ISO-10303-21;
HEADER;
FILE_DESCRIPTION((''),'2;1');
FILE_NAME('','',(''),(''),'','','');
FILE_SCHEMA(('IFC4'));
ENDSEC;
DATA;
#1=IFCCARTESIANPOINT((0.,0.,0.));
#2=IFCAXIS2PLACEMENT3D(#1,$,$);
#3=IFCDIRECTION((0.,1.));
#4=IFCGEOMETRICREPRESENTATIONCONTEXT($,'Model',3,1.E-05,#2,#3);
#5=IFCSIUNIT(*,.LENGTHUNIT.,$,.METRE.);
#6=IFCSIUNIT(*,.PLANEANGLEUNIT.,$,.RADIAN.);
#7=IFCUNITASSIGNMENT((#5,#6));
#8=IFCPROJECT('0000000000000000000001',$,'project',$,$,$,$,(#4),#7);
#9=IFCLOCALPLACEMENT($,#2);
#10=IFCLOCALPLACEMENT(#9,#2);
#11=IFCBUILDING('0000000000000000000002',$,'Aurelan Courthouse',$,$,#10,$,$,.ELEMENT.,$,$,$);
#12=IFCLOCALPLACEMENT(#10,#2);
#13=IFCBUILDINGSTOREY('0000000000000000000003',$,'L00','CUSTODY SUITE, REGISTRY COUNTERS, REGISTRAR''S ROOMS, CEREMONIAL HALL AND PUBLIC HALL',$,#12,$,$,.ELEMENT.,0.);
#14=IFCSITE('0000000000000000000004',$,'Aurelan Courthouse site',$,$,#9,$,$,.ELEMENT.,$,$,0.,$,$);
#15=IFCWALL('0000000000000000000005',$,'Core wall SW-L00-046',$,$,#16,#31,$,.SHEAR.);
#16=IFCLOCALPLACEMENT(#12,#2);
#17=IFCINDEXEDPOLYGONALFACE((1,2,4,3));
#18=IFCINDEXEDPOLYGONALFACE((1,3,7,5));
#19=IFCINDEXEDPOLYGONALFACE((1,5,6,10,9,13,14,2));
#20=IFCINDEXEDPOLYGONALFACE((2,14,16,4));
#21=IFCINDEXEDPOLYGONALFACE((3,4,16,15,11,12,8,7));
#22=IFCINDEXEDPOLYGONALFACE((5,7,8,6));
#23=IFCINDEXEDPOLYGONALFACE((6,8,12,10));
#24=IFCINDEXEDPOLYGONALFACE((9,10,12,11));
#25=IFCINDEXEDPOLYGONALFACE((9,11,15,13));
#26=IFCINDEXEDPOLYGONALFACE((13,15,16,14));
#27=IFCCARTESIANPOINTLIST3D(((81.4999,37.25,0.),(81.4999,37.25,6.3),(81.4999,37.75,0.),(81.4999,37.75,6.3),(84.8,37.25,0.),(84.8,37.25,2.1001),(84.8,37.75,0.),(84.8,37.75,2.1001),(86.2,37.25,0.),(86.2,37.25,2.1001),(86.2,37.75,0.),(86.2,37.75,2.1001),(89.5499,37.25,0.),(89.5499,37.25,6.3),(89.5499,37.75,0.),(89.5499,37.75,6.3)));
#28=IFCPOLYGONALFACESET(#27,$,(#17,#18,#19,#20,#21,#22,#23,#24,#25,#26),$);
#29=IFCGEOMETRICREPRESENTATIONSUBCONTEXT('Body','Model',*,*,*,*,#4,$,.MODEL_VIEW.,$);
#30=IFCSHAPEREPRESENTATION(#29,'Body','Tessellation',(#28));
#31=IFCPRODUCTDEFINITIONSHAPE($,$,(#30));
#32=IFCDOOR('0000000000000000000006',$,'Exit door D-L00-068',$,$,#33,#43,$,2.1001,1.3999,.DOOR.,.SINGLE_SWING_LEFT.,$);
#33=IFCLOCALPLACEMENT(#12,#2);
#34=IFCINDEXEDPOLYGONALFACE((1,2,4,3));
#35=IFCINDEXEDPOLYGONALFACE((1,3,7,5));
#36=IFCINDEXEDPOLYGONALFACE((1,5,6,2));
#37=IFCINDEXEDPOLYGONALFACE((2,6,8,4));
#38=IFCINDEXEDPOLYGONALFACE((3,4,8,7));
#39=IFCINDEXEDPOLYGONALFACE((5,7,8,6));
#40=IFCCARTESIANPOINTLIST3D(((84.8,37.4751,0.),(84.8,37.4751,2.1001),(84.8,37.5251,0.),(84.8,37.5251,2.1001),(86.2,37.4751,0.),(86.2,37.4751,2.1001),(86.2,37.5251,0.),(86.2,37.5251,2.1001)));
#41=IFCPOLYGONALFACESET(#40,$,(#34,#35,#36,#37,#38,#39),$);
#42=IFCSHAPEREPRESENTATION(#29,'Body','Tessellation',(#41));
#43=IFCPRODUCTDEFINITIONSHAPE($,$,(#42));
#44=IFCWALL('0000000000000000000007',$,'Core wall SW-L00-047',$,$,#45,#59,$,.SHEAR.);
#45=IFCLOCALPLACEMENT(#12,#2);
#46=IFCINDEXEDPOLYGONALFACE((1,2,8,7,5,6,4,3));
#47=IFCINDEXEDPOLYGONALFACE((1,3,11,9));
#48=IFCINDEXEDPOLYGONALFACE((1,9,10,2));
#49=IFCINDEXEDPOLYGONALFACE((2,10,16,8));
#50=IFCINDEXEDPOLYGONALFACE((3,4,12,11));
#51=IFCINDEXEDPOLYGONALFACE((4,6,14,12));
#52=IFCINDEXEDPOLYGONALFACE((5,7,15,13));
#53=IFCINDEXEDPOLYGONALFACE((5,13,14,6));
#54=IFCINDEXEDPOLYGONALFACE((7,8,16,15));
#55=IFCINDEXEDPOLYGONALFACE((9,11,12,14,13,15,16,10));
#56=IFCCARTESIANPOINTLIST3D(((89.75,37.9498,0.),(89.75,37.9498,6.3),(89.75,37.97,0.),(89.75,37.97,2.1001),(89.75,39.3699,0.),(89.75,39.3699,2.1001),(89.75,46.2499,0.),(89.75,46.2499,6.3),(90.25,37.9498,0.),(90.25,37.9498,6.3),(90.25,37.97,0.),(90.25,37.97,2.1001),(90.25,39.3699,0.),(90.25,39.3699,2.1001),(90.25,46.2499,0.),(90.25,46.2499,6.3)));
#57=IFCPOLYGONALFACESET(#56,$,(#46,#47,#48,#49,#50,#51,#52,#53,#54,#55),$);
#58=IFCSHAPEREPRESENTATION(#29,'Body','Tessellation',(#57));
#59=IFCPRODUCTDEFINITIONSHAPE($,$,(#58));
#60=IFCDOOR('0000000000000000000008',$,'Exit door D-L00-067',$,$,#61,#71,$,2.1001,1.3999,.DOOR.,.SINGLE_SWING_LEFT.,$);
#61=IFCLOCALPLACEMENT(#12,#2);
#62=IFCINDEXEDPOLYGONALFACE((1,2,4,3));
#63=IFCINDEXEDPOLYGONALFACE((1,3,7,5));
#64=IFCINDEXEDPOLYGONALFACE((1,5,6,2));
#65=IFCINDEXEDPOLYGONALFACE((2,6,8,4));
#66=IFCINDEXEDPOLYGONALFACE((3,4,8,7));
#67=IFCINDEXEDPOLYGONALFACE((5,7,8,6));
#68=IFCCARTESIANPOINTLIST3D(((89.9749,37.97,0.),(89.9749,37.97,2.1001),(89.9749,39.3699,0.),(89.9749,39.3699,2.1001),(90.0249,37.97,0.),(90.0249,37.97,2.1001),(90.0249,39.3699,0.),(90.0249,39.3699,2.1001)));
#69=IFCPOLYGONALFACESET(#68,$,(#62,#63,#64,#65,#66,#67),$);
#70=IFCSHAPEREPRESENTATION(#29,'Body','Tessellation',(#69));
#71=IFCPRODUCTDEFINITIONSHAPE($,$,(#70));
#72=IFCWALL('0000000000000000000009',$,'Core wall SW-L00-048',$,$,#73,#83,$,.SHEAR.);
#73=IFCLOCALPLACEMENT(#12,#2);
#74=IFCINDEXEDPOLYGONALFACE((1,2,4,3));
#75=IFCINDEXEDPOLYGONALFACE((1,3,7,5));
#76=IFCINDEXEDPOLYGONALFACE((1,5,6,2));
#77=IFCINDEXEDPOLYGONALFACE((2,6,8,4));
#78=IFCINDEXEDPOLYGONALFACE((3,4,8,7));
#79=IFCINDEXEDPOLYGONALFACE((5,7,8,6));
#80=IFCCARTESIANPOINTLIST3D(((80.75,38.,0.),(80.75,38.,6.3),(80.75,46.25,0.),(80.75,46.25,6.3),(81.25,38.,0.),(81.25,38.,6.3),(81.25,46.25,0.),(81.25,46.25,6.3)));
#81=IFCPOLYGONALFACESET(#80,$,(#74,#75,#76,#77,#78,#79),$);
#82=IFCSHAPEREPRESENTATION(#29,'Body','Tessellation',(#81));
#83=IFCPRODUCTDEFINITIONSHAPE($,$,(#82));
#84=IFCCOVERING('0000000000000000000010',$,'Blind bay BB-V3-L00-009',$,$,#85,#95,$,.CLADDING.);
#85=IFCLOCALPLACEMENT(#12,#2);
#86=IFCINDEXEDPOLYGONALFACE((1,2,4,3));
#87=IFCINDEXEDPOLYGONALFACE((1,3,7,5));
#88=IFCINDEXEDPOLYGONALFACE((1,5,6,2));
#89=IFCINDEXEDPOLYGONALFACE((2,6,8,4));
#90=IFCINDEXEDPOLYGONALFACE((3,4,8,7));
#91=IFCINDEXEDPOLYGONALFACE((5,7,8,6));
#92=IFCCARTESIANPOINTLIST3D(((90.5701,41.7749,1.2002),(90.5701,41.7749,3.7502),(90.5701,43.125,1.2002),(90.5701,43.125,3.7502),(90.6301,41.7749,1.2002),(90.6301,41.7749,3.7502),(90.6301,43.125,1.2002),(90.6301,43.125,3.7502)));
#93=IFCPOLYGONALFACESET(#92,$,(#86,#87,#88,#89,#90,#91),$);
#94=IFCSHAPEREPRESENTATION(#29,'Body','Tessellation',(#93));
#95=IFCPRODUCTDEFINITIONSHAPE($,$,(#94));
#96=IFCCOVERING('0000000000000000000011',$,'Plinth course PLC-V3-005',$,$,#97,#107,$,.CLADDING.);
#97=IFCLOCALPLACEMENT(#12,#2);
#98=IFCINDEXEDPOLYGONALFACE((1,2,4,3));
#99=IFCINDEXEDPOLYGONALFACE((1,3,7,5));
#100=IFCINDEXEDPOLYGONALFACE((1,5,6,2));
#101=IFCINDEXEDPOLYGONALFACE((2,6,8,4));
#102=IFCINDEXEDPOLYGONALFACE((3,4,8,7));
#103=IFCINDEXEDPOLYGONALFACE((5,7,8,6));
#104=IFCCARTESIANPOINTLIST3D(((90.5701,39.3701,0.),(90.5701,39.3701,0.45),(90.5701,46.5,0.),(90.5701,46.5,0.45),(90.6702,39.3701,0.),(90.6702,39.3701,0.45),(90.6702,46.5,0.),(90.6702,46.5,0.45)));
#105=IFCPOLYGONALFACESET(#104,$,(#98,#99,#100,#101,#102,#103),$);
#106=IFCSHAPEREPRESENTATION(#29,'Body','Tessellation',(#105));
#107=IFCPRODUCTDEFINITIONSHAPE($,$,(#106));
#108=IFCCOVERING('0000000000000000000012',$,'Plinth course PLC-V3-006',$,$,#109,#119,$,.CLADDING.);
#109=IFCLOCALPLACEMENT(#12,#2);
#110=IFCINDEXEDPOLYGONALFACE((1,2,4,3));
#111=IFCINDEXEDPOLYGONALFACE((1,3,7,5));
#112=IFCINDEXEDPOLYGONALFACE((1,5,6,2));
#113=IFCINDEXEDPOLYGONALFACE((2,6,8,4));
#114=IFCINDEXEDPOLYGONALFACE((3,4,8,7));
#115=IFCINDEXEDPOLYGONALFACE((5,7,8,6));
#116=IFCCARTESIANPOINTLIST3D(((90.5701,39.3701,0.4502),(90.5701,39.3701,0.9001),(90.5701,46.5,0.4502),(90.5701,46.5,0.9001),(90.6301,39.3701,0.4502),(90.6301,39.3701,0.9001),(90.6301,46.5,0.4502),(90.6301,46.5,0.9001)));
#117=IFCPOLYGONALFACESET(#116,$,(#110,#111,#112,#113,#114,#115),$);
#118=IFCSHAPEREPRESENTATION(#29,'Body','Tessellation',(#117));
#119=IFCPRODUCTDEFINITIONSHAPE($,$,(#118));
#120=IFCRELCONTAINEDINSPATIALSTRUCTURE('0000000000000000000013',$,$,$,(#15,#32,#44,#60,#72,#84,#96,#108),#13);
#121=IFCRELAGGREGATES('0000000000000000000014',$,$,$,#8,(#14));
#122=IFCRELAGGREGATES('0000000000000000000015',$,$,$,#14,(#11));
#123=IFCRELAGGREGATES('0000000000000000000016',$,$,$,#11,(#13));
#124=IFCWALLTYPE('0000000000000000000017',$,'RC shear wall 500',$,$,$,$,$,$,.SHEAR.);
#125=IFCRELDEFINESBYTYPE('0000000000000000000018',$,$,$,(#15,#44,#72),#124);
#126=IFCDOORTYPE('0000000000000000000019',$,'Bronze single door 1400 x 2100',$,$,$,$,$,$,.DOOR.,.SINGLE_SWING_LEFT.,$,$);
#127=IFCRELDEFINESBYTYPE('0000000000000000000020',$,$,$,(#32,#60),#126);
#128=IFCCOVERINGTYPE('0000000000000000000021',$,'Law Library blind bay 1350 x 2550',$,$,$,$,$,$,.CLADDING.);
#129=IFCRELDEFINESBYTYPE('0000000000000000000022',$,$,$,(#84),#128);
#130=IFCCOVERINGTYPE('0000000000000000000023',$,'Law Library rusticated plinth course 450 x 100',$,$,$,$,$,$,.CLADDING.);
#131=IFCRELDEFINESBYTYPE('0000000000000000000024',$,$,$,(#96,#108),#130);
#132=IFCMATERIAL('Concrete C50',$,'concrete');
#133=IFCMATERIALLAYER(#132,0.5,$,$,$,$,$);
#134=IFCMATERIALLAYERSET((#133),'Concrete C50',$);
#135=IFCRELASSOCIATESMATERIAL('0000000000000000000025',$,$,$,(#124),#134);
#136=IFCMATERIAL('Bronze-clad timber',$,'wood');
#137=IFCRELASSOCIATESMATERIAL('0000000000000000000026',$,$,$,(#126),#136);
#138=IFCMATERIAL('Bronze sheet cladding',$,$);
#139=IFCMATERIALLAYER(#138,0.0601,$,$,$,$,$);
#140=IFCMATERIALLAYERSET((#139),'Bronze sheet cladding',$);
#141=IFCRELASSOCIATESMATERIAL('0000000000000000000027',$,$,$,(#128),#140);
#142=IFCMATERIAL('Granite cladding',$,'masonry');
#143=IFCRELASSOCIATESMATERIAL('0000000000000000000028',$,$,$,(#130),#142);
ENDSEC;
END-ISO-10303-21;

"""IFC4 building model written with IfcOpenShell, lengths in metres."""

from ifc_helpers import new_model, si_unit, direction, frame, frame_2d, origin, origin_2d, place, context, subcontext, project, spatial, rectangle, extrude, material, layer, layer_set, type_object, element, fill, save


model = new_model("IFC4")

# Units and contexts
model_context = context("Model", 3, precision=1e-05, world=origin(), true_north=direction((0.0, 1.0)))
body_context = subcontext(model_context, "Body", "Model", "MODEL_VIEW")
ifc_project = project(units=[si_unit("LENGTHUNIT", "METRE"), si_unit("PLANEANGLEUNIT", "RADIAN")], contexts=[model_context])

# Site, building, storey
site_placement = place(None, origin())
site = spatial("IfcSite", under=ifc_project, at=site_placement, Name="Aurelan Courthouse site", CompositionType="ELEMENT", RefElevation=0.0)
building_placement = place(site_placement, origin())
building = spatial("IfcBuilding", under=site, at=building_placement, Name="Aurelan Courthouse", CompositionType="ELEMENT")
storey_placement = place(building_placement, origin())
storey = spatial("IfcBuildingStorey", under=building, at=storey_placement, Name="L00", Description="CUSTODY SUITE, REGISTRY COUNTERS, REGISTRAR'S ROOMS, CEREMONIAL HALL AND PUBLIC HALL", CompositionType="ELEMENT", Elevation=0.0)

# Shared definitions
ifc_material_1 = material(Name="Concrete C50", Category="concrete")

# Shared definitions
ifc_material_2 = material(Name="Granite cladding", Category="masonry")

# Walls, openings, doors
ifc_layer_1 = layer(ifc_material_1, 0.5)
ifc_layer_set_1 = layer_set([ifc_layer_1], Name="Concrete C50")
wall_type_1 = type_object("IfcWallType", Name="RC shear wall 500", PredefinedType="SHEAR", material=ifc_layer_set_1)
wall_1_placement = place(storey_placement, frame((81.5, 37.5, 0.0), z_axis=(0.0, 0.0, 1.0), x_axis=(1.0, 0.0, 0.0)))
wall_1 = element("IfcWall", 1, at=wall_1_placement, inside=storey, type_object=wall_type_1, Name="Core wall SW-L00-046", PredefinedType="SHEAR", context=body_context, shape_type="SweptSolid", body=[
    extrude(rectangle(XDim=8.05, YDim=0.5, at=frame_2d((4.0249, 0.0))), origin(), (0.0, 0.0, 1.0), 6.3),
])
opening_1_placement = place(wall_1_placement, frame((4.7, 0.0, 0.0), z_axis=(0.0, 0.0, 1.0), x_axis=(-1.0, 0.0, 0.0)))
opening_1 = element("IfcOpeningElement", 2, at=opening_1_placement, cuts=wall_1, PredefinedType="OPENING", context=body_context, shape_type="SweptSolid", body=[
    extrude(rectangle(XDim=1.3999, YDim=2.1001, at=frame_2d((0.7, 1.05))), frame((0.0, 0.26, 0.0), z_axis=(0.0, -1.0, 0.0), x_axis=(1.0, 0.0, 0.0)), (0.0, 0.0, 1.0), 0.52),
])
ifc_material_3 = material(Name="Bronze-clad timber", Category="wood")
door_type = type_object("IfcDoorType", Name="Bronze single door 1400 x 2100", OperationType="SINGLE_SWING_LEFT", PredefinedType="DOOR", material=ifc_material_3)
door_1_placement = place(opening_1_placement, origin())
door_1 = element("IfcDoor", 3, at=door_1_placement, inside=storey, type_object=door_type, Name="Exit door D-L00-068", OperationType="SINGLE_SWING_LEFT", OverallHeight=2.1001, OverallWidth=1.3999, PredefinedType="DOOR", context=body_context, shape_type="SweptSolid", body=[
    extrude(rectangle(XDim=1.3999, YDim=2.1001, at=frame_2d((0.7, 1.05))), frame((0.0, 0.0249, 0.0), z_axis=(0.0, -1.0, 0.0), x_axis=(1.0, 0.0, 0.0)), (0.0, 0.0, 1.0), 0.05),
])
fill(opening_1, door_1)
wall_2_placement = place(storey_placement, frame((90.0, 37.95, 0.0), z_axis=(0.0, 0.0, 1.0), x_axis=(0.0, 1.0, 0.0)))
wall_2 = element("IfcWall", 4, at=wall_2_placement, inside=storey, type_object=wall_type_1, Name="Core wall SW-L00-047", PredefinedType="SHEAR", context=body_context, shape_type="SweptSolid", body=[
    extrude(rectangle(XDim=8.3, YDim=0.5, at=frame_2d((4.1499, 0.0))), origin(), (0.0, 0.0, 1.0), 6.3),
])
opening_2_placement = place(wall_2_placement, frame((1.4199, 0.0, 0.0), z_axis=(0.0, 0.0, 1.0), x_axis=(-1.0, 0.0, 0.0)))
opening_2 = element("IfcOpeningElement", 5, at=opening_2_placement, cuts=wall_2, PredefinedType="OPENING", context=body_context, shape_type="SweptSolid", body=[
    extrude(rectangle(XDim=1.3999, YDim=2.1001, at=frame_2d((0.7, 1.05))), frame((0.0, 0.26, 0.0), z_axis=(0.0, -1.0, 0.0), x_axis=(1.0, 0.0, 0.0)), (0.0, 0.0, 1.0), 0.52),
])
door_2_placement = place(opening_2_placement, origin())
door_2 = element("IfcDoor", 6, at=door_2_placement, inside=storey, type_object=door_type, Name="Exit door D-L00-067", OperationType="SINGLE_SWING_LEFT", OverallHeight=2.1001, OverallWidth=1.3999, PredefinedType="DOOR", context=body_context, shape_type="SweptSolid", body=[
    extrude(rectangle(XDim=1.3999, YDim=2.1001, at=frame_2d((0.7, 1.05))), frame((0.0, 0.0249, 0.0), z_axis=(0.0, -1.0, 0.0), x_axis=(1.0, 0.0, 0.0)), (0.0, 0.0, 1.0), 0.05),
])
fill(opening_2, door_2)

# Wall
wall_3_placement = place(storey_placement, frame((81.0, 38.0, 0.0), z_axis=(0.0, 0.0, 1.0), x_axis=(0.0, 1.0, 0.0)))
element("IfcWall", 7, at=wall_3_placement, inside=storey, type_object=wall_type_1, Name="Core wall SW-L00-048", PredefinedType="SHEAR", context=body_context, shape_type="SweptSolid", body=[
    extrude(rectangle(XDim=8.25, YDim=0.5, at=frame_2d((4.125, 0.0))), origin(), (0.0, 0.0, 1.0), 6.3),
])

# Coverings
ifc_material_4 = material(Name="Bronze sheet cladding")
ifc_layer_2 = layer(ifc_material_4, 0.0601)
ifc_layer_set_2 = layer_set([ifc_layer_2], Name="Bronze sheet cladding")
covering_type_1 = type_object("IfcCoveringType", Name="Law Library blind bay 1350 x 2550", PredefinedType="CLADDING", material=ifc_layer_set_2)
covering_1_placement = place(storey_placement, frame((90.6001, 42.45, 1.2002), z_axis=(0.0, 0.0, 1.0), x_axis=(1.0, 0.0, 0.0)))
element("IfcCovering", 8, at=covering_1_placement, inside=storey, type_object=covering_type_1, Name="Blind bay BB-V3-L00-009", PredefinedType="CLADDING", context=body_context, shape_type="SweptSolid", body=[
    extrude(rectangle(XDim=0.0601, YDim=1.3501, at=origin_2d()), origin(), (0.0, 0.0, 1.0), 2.55),
])
covering_type_2 = type_object("IfcCoveringType", Name="Law Library rusticated plinth course 450 x 100", PredefinedType="CLADDING", material=ifc_material_2)
covering_2_placement = place(storey_placement, frame((90.6201, 42.9351, 0.0), z_axis=(0.0, 0.0, 1.0), x_axis=(1.0, 0.0, 0.0)))
element("IfcCovering", 9, at=covering_2_placement, inside=storey, type_object=covering_type_2, Name="Plinth course PLC-V3-005", PredefinedType="CLADDING", context=body_context, shape_type="SweptSolid", body=[
    extrude(rectangle(XDim=0.1001, YDim=7.1299, at=origin_2d()), origin(), (0.0, 0.0, 1.0), 0.45),
])
covering_3_placement = place(storey_placement, frame((90.6001, 42.9351, 0.4502), z_axis=(0.0, 0.0, 1.0), x_axis=(1.0, 0.0, 0.0)))
element("IfcCovering", 10, at=covering_3_placement, inside=storey, type_object=covering_type_2, Name="Plinth course PLC-V3-006", PredefinedType="CLADDING", context=body_context, shape_type="SweptSolid", body=[
    extrude(rectangle(XDim=0.0601, YDim=7.1299, at=origin_2d()), origin(), (0.0, 0.0, 1.0), 0.45),
])

save(model, "model.ifc")
